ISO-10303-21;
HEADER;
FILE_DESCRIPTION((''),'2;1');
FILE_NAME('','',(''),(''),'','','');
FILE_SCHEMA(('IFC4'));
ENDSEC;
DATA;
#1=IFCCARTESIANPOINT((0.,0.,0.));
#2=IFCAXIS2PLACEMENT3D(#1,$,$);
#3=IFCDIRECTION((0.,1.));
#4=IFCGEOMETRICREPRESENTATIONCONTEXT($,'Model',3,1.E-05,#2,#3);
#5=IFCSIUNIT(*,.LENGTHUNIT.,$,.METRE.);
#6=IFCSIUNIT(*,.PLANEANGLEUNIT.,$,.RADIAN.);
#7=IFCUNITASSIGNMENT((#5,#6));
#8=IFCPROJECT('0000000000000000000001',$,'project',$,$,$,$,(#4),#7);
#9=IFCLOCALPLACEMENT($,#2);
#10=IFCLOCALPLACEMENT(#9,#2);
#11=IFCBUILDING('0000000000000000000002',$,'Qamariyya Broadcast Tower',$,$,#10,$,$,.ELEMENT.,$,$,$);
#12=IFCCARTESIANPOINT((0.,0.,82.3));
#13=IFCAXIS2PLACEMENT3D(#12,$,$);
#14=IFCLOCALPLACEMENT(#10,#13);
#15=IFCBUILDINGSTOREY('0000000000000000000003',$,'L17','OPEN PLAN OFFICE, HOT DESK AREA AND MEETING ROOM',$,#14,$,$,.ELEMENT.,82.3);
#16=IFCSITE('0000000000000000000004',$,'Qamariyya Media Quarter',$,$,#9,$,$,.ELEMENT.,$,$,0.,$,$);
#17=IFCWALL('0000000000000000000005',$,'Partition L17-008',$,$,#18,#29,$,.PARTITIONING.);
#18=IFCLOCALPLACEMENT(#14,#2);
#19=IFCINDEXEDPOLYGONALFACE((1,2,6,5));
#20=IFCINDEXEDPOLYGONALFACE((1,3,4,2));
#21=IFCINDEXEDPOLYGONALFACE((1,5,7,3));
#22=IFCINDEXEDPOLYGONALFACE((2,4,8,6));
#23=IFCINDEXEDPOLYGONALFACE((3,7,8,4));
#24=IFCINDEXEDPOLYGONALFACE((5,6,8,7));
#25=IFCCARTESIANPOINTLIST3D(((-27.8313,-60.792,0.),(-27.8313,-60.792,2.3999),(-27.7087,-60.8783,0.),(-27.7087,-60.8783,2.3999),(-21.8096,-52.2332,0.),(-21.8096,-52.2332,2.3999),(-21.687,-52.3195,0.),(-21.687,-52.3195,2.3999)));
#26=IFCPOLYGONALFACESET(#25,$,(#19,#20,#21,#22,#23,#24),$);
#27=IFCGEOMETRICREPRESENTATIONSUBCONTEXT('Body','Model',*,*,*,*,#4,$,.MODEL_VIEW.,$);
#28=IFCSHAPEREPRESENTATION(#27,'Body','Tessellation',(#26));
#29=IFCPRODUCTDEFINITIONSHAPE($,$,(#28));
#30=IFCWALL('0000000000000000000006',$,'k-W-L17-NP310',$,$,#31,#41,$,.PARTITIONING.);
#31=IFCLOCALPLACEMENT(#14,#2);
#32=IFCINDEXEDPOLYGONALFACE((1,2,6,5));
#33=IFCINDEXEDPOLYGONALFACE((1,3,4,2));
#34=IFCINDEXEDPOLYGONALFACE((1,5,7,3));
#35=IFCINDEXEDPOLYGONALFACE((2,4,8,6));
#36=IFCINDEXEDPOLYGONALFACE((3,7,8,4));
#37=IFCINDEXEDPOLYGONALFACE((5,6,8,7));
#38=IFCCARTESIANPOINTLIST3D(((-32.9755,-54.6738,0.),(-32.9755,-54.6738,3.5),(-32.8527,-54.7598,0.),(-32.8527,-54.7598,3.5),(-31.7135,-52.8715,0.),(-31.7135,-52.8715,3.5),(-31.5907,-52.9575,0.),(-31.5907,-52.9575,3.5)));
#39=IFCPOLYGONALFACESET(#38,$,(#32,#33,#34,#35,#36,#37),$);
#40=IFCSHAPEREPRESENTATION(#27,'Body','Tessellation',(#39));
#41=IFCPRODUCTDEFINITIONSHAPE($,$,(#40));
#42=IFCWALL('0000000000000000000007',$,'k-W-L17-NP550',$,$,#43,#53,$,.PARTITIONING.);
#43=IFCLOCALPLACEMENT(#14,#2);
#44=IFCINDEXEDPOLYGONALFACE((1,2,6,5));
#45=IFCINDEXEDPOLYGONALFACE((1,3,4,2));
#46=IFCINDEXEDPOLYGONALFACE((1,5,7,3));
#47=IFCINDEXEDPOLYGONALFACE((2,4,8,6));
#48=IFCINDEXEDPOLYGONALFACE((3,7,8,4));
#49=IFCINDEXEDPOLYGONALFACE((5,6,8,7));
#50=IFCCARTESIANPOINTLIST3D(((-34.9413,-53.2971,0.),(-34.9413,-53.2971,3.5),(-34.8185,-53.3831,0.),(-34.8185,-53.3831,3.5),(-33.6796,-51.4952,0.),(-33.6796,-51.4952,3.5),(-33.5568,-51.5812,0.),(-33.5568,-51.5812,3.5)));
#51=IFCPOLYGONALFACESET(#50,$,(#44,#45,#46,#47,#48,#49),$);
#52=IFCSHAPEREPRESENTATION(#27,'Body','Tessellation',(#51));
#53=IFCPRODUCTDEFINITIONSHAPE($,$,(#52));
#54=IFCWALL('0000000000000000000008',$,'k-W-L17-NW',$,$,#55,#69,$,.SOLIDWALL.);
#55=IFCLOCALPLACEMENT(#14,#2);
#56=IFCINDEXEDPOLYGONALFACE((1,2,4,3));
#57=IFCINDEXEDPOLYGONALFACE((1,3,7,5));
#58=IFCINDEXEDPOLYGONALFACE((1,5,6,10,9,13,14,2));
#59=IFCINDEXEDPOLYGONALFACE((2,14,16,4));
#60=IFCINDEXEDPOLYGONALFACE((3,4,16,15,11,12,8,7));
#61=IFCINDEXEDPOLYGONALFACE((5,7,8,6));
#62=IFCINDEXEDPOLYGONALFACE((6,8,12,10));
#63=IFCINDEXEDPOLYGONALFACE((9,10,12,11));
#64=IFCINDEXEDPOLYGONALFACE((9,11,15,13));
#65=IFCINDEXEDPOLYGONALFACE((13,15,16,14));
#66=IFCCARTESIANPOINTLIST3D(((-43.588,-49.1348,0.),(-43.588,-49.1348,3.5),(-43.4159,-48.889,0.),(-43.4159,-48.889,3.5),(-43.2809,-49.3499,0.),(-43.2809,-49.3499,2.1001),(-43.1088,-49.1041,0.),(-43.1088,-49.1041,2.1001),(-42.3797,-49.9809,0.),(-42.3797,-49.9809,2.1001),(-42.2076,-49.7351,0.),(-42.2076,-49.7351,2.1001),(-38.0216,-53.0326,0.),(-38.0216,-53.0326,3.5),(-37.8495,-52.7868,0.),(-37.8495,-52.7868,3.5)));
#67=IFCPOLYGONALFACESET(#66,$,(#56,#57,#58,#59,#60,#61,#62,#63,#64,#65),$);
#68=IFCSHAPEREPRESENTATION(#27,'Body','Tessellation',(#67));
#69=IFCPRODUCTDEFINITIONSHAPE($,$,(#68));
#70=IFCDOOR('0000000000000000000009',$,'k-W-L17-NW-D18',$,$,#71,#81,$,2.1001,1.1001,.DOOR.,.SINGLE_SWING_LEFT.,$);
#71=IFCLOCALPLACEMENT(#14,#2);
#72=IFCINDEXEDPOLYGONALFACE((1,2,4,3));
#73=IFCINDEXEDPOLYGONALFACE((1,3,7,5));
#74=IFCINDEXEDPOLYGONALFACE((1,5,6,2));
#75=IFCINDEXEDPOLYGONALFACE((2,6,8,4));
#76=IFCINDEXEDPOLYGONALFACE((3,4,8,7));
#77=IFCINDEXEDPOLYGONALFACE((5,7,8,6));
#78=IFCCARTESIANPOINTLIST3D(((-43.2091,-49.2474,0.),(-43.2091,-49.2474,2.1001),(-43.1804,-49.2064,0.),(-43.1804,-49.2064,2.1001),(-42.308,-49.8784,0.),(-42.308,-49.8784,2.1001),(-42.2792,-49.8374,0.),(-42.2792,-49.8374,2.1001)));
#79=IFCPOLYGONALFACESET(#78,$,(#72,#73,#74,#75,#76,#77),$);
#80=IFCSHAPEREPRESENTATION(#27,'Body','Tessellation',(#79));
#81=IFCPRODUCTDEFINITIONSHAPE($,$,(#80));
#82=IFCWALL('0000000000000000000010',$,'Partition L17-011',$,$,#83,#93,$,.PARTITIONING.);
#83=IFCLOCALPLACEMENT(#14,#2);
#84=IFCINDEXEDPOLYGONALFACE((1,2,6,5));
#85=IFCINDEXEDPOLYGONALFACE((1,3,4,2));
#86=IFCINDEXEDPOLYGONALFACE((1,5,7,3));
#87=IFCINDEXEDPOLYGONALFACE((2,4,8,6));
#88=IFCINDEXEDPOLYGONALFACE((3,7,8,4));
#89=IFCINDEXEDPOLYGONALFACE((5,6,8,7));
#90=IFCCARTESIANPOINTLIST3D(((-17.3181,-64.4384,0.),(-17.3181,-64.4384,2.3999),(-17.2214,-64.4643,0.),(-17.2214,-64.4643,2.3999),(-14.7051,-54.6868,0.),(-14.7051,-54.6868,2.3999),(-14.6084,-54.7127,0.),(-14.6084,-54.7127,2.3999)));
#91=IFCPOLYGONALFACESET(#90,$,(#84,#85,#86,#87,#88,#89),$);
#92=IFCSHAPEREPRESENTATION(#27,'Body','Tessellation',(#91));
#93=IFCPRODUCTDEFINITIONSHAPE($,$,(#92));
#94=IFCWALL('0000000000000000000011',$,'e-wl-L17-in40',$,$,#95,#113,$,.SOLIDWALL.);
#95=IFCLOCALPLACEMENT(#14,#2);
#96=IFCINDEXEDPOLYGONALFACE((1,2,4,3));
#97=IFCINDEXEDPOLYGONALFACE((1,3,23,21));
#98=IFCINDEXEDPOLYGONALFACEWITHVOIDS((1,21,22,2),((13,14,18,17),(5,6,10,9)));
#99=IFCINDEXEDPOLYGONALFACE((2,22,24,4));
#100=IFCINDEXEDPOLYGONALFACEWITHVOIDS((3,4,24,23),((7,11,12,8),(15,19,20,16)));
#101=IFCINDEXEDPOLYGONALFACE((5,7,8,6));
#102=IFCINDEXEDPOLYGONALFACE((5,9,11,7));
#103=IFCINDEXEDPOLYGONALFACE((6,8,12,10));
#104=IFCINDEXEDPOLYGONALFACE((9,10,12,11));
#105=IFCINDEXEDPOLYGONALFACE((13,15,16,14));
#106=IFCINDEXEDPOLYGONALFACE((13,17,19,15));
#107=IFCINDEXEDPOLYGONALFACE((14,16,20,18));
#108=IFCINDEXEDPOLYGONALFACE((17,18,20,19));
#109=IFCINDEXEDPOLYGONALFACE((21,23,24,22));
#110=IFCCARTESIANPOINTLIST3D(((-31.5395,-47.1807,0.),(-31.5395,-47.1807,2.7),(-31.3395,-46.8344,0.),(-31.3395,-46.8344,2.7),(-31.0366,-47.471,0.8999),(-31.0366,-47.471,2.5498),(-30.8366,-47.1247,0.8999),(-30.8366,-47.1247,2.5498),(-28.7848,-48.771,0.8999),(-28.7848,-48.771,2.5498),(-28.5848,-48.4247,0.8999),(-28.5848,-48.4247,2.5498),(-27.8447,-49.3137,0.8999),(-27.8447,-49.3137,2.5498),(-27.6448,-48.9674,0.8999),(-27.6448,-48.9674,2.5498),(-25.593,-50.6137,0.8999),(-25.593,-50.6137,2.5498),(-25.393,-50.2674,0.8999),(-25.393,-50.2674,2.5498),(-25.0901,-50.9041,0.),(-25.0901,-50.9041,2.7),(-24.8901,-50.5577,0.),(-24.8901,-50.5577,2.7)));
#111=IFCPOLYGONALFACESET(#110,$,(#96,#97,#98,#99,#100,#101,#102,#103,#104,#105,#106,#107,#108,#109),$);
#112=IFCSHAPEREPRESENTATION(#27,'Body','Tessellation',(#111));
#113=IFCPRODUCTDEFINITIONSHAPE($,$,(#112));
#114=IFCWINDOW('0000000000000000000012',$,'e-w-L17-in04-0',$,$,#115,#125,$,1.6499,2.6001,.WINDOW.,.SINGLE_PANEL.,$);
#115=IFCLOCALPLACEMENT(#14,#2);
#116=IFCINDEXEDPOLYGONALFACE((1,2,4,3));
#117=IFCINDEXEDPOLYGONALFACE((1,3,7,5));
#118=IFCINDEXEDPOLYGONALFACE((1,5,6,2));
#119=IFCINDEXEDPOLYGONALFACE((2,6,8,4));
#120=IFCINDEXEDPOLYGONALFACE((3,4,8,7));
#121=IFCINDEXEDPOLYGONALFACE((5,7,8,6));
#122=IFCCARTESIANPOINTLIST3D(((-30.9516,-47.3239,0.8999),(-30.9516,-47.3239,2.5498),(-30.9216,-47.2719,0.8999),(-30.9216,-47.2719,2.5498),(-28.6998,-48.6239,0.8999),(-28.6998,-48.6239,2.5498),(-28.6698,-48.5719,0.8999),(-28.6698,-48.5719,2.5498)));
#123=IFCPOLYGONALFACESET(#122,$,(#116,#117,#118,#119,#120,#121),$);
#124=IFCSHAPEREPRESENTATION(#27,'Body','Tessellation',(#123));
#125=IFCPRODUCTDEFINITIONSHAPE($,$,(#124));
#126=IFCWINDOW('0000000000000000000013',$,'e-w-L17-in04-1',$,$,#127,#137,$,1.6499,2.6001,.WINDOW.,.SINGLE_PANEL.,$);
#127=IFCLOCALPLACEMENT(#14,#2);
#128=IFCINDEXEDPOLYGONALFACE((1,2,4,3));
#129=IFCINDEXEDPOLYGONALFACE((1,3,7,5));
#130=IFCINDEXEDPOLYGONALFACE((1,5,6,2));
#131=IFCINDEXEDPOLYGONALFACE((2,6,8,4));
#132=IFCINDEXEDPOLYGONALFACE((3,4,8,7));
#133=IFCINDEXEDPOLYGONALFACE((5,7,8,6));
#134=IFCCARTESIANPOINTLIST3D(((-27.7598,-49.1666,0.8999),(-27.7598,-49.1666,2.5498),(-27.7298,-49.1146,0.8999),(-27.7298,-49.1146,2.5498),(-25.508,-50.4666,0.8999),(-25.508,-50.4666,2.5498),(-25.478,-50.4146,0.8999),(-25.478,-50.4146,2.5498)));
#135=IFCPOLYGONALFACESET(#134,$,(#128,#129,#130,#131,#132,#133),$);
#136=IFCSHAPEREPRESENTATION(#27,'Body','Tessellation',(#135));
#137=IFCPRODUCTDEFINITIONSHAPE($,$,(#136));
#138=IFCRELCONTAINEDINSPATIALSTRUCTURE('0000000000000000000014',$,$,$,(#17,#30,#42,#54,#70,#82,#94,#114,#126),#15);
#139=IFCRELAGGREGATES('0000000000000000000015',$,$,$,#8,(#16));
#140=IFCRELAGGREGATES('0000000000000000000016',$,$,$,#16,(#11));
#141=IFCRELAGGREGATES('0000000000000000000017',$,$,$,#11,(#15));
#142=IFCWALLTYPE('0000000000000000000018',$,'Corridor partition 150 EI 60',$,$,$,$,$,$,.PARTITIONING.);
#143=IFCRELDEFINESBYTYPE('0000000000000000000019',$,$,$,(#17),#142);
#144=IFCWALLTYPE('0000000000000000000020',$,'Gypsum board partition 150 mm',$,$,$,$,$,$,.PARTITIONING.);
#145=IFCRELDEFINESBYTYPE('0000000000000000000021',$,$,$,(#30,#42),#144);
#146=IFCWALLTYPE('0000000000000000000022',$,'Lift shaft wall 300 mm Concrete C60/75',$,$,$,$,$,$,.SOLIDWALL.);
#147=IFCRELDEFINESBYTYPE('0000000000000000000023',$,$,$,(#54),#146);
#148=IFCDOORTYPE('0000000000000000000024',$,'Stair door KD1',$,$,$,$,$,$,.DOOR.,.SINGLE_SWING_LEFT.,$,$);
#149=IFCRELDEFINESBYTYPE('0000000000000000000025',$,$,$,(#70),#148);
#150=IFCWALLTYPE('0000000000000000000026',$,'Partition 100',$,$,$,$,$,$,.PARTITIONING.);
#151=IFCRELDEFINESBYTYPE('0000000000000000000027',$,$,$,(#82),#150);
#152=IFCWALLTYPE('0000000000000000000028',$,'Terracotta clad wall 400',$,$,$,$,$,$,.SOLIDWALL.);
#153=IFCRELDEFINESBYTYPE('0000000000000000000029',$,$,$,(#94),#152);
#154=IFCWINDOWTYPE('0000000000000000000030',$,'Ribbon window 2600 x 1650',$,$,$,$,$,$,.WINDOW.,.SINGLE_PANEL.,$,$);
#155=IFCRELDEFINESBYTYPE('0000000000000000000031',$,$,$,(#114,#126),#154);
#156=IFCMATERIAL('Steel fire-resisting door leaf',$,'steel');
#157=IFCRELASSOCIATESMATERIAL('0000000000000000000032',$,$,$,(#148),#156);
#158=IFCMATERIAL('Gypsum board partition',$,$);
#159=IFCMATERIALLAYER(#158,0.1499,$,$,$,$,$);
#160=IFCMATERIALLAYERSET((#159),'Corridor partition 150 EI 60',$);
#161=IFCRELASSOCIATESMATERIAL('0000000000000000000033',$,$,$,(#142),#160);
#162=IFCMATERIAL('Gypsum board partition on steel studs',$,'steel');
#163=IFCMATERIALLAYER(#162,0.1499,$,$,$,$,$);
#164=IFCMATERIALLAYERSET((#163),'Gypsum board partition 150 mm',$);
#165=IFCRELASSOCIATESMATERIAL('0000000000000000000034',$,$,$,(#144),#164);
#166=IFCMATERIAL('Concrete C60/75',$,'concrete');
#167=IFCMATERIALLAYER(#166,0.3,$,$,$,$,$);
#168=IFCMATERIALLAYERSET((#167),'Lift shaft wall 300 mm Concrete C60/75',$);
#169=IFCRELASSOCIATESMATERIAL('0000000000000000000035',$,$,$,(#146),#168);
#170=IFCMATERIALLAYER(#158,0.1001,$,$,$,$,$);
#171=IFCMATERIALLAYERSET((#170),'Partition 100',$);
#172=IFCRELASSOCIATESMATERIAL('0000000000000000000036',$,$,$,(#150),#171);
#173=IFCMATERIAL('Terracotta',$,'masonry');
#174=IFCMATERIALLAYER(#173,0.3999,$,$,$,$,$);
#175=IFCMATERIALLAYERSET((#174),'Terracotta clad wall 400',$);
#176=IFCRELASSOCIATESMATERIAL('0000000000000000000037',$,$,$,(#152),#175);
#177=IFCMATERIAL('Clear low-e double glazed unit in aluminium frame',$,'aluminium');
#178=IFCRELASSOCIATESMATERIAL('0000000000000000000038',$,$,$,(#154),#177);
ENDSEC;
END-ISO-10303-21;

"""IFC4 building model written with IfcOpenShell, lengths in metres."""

from ifc_helpers import new_model, si_unit, direction, frame, frame_2d, origin, place, context, subcontext, project, spatial, rectangle, extrude, material, layer, layer_set, type_object, element, fill, save


model = new_model("IFC4")

# Units and contexts
model_context = context("Model", 3, precision=1e-05, world=origin(), true_north=direction((0.0, 1.0)))
body_context = subcontext(model_context, "Body", "Model", "MODEL_VIEW")
ifc_project = project(units=[si_unit("LENGTHUNIT", "METRE"), si_unit("PLANEANGLEUNIT", "RADIAN")], contexts=[model_context])

# Site, building, storey
site_placement = place(None, origin())
site = spatial("IfcSite", under=ifc_project, at=site_placement, Name="Qamariyya Media Quarter", CompositionType="ELEMENT", RefElevation=0.0)
building_placement = place(site_placement, origin())
building = spatial("IfcBuilding", under=site, at=building_placement, Name="Qamariyya Broadcast Tower", CompositionType="ELEMENT")
storey_placement = place(building_placement, frame((0.0, 0.0, 82.3)))
storey = spatial("IfcBuildingStorey", under=building, at=storey_placement, Name="L17", Description="OPEN PLAN OFFICE, HOT DESK AREA AND MEETING ROOM", CompositionType="ELEMENT", Elevation=82.3)

# Shared definitions
ifc_material_1 = material(Name="Steel fire-resisting door leaf", Category="steel")
door_type_1 = type_object("IfcDoorType", Name="Stair door KD1", OperationType="SINGLE_SWING_LEFT", PredefinedType="DOOR", material=ifc_material_1)

# Walls
ifc_material_2 = material(Name="Gypsum board partition")
ifc_layer_1 = layer(ifc_material_2, 0.1499)
ifc_layer_set_1 = layer_set([ifc_layer_1], Name="Corridor partition 150 EI 60")
wall_type_1 = type_object("IfcWallType", Name="Corridor partition 150 EI 60", PredefinedType="PARTITIONING", material=ifc_layer_set_1)
wall_1_placement = place(storey_placement, frame((-21.7483, -52.2764, 0.0), z_axis=(0.0, 0.0, 1.0), x_axis=(-0.575419, -0.817858, 0.0)))
element("IfcWall", 1, at=wall_1_placement, inside=storey, type_object=wall_type_1, Name="Partition L17-008", PredefinedType="PARTITIONING", context=body_context, shape_type="SweptSolid", body=[
    extrude(rectangle(XDim=10.4648, YDim=0.1499, at=frame_2d((5.2324, 0.0))), origin(), (0.0, 0.0, 1.0), 2.3999),
])
ifc_material_3 = material(Name="Gypsum board partition on steel studs", Category="steel")
ifc_layer_2 = layer(ifc_material_3, 0.1499)
ifc_layer_set_2 = layer_set([ifc_layer_2], Name="Gypsum board partition 150 mm")
wall_type_2 = type_object("IfcWallType", Name="Gypsum board partition 150 mm", PredefinedType="PARTITIONING", material=ifc_layer_set_2)
wall_2_placement = place(storey_placement, frame((-32.9141, -54.7168, 0.0), z_axis=(0.0, 0.0, 1.0), x_axis=(0.573581, 0.819149, 0.0)))
element("IfcWall", 2, at=wall_2_placement, inside=storey, type_object=wall_type_2, Name="k-W-L17-NP310", PredefinedType="PARTITIONING", context=body_context, shape_type="SweptSolid", body=[
    extrude(rectangle(XDim=2.2002, YDim=0.1499, at=frame_2d((1.1001, 0.0))), origin(), (0.0, 0.0, 1.0), 3.5),
])
wall_3_placement = place(storey_placement, frame((-34.8799, -53.3401, 0.0), z_axis=(0.0, 0.0, 1.0), x_axis=(0.573559, 0.819164, 0.0)))
element("IfcWall", 3, at=wall_3_placement, inside=storey, type_object=wall_type_2, Name="k-W-L17-NP550", PredefinedType="PARTITIONING", context=body_context, shape_type="SweptSolid", body=[
    extrude(rectangle(XDim=2.1997, YDim=0.1499, at=frame_2d((1.0999, 0.0))), origin(), (0.0, 0.0, 1.0), 3.5),
])

# Wall, opening, door
ifc_material_4 = material(Name="Concrete C60/75", Category="concrete")
ifc_layer_3 = layer(ifc_material_4, 0.3)
ifc_layer_set_3 = layer_set([ifc_layer_3], Name="Lift shaft wall 300 mm Concrete C60/75")
wall_type_3 = type_object("IfcWallType", Name="Lift shaft wall 300 mm Concrete C60/75", PredefinedType="SOLIDWALL", material=ifc_layer_set_3)
wall_4_placement = place(storey_placement, frame((-37.9355, -52.9097, 0.0), z_axis=(0.0, 0.0, 1.0), x_axis=(-0.819148, 0.573583, 0.0)))
wall_4 = element("IfcWall", 4, at=wall_4_placement, inside=storey, type_object=wall_type_3, Name="k-W-L17-NW", PredefinedType="SOLIDWALL", context=body_context, shape_type="SweptSolid", body=[
    extrude(rectangle(XDim=6.7954, YDim=0.3, at=frame_2d((3.3977, 0.0))), origin(), (0.0, 0.0, 1.0), 3.5),
])
opening_1_placement = place(wall_4_placement, frame((5.3203, 0.0, 0.0)))
opening_1 = element("IfcOpeningElement", 5, at=opening_1_placement, cuts=wall_4, PredefinedType="OPENING", context=body_context, shape_type="SweptSolid", body=[
    extrude(rectangle(XDim=1.1001, YDim=2.1001, at=frame_2d((0.55, 1.05))), frame((0.0, 0.1599, 0.0), z_axis=(0.0, -1.0, 0.0), x_axis=(1.0, 0.0, 0.0)), (0.0, 0.0, 1.0), 0.3201),
])
door_1_placement = place(opening_1_placement, origin())
door_1 = element("IfcDoor", 6, at=door_1_placement, inside=storey, type_object=door_type_1, Name="k-W-L17-NW-D18", OperationType="SINGLE_SWING_LEFT", OverallHeight=2.1001, OverallWidth=1.1001, PredefinedType="DOOR", context=body_context, shape_type="SweptSolid", body=[
    extrude(rectangle(XDim=1.1001, YDim=2.1001, at=frame_2d((0.55, 1.05))), frame((0.0, 0.0249, 0.0), z_axis=(0.0, -1.0, 0.0), x_axis=(1.0, 0.0, 0.0)), (0.0, 0.0, 1.0), 0.05),
])
fill(opening_1, door_1)

# Wall
ifc_layer_4 = layer(ifc_material_2, 0.1001)
ifc_layer_set_4 = layer_set([ifc_layer_4], Name="Partition 100")
wall_type_4 = type_object("IfcWallType", Name="Partition 100", PredefinedType="PARTITIONING", material=ifc_layer_set_4)
wall_5_placement = place(storey_placement, frame((-14.6567, -54.6997, 0.0), z_axis=(0.0, 0.0, 1.0), x_axis=(-0.258826, -0.965924, 0.0)))
element("IfcWall", 7, at=wall_5_placement, inside=storey, type_object=wall_type_4, Name="Partition L17-011", PredefinedType="PARTITIONING", context=body_context, shape_type="SweptSolid", body=[
    extrude(rectangle(XDim=10.0957, YDim=0.1001, at=frame_2d((5.0479, 0.0))), origin(), (0.0, 0.0, 1.0), 2.3999),
])

# Wall, openings, windows
ifc_material_5 = material(Name="Terracotta", Category="masonry")
ifc_layer_5 = layer(ifc_material_5, 0.3999)
ifc_layer_set_5 = layer_set([ifc_layer_5], Name="Terracotta clad wall 400")
wall_type_5 = type_object("IfcWallType", Name="Terracotta clad wall 400", PredefinedType="SOLIDWALL", material=ifc_layer_set_5)
wall_6_placement = place(storey_placement, frame((-24.99, -50.731, 0.0), z_axis=(0.0, 0.0, 1.0), x_axis=(-0.866038, 0.499979, 0.0)))
wall_6 = element("IfcWall", 8, at=wall_6_placement, inside=storey, type_object=wall_type_5, Name="e-wl-L17-in40", PredefinedType="SOLIDWALL", context=body_context, shape_type="SweptSolid", body=[
    extrude(rectangle(XDim=7.447, YDim=0.3999, at=frame_2d((3.7236, 0.0))), origin(), (0.0, 0.0, 1.0), 2.7),
])
opening_2_placement = place(wall_6_placement, frame((4.2664, 0.0, 0.8999)))
opening_2 = element("IfcOpeningElement", 9, at=opening_2_placement, cuts=wall_6, PredefinedType="OPENING", context=body_context, shape_type="SweptSolid", body=[
    extrude(rectangle(XDim=2.6001, YDim=1.6499, at=frame_2d((1.3, 0.825))), frame((0.0, 0.21, 0.0), z_axis=(0.0, -1.0, 0.0), x_axis=(1.0, 0.0, 0.0)), (0.0, 0.0, 1.0), 0.4199),
])
opening_3_placement = place(wall_6_placement, frame((0.5808, 0.0, 0.8999)))
opening_3 = element("IfcOpeningElement", 10, at=opening_3_placement, cuts=wall_6, PredefinedType="OPENING", context=body_context, shape_type="SweptSolid", body=[
    extrude(rectangle(XDim=2.6001, YDim=1.6499, at=frame_2d((1.3, 0.825))), frame((0.0, 0.21, 0.0), z_axis=(0.0, -1.0, 0.0), x_axis=(1.0, 0.0, 0.0)), (0.0, 0.0, 1.0), 0.4199),
])
ifc_material_6 = material(Name="Clear low-e double glazed unit in aluminium frame", Category="aluminium")
window_type = type_object("IfcWindowType", Name="Ribbon window 2600 x 1650", PartitioningType="SINGLE_PANEL", PredefinedType="WINDOW", material=ifc_material_6)
window_1_placement = place(opening_2_placement, origin())
window_1 = element("IfcWindow", 11, at=window_1_placement, inside=storey, type_object=window_type, Name="e-w-L17-in04-0", OverallHeight=1.6499, OverallWidth=2.6001, PartitioningType="SINGLE_PANEL", PredefinedType="WINDOW", context=body_context, shape_type="SweptSolid", body=[
    extrude(rectangle(XDim=2.6001, YDim=1.6499, at=frame_2d((1.3, 0.825))), frame((0.0, 0.03, 0.0), z_axis=(0.0, -1.0, 0.0), x_axis=(1.0, 0.0, 0.0)), (0.0, 0.0, 1.0), 0.0601),
])
fill(opening_2, window_1)
window_2_placement = place(opening_3_placement, origin())
window_2 = element("IfcWindow", 12, at=window_2_placement, inside=storey, type_object=window_type, Name="e-w-L17-in04-1", OverallHeight=1.6499, OverallWidth=2.6001, PartitioningType="SINGLE_PANEL", PredefinedType="WINDOW", context=body_context, shape_type="SweptSolid", body=[
    extrude(rectangle(XDim=2.6001, YDim=1.6499, at=frame_2d((1.3, 0.825))), frame((0.0, 0.03, 0.0), z_axis=(0.0, -1.0, 0.0), x_axis=(1.0, 0.0, 0.0)), (0.0, 0.0, 1.0), 0.0601),
])
fill(opening_3, window_2)

save(model, "model.ifc")
